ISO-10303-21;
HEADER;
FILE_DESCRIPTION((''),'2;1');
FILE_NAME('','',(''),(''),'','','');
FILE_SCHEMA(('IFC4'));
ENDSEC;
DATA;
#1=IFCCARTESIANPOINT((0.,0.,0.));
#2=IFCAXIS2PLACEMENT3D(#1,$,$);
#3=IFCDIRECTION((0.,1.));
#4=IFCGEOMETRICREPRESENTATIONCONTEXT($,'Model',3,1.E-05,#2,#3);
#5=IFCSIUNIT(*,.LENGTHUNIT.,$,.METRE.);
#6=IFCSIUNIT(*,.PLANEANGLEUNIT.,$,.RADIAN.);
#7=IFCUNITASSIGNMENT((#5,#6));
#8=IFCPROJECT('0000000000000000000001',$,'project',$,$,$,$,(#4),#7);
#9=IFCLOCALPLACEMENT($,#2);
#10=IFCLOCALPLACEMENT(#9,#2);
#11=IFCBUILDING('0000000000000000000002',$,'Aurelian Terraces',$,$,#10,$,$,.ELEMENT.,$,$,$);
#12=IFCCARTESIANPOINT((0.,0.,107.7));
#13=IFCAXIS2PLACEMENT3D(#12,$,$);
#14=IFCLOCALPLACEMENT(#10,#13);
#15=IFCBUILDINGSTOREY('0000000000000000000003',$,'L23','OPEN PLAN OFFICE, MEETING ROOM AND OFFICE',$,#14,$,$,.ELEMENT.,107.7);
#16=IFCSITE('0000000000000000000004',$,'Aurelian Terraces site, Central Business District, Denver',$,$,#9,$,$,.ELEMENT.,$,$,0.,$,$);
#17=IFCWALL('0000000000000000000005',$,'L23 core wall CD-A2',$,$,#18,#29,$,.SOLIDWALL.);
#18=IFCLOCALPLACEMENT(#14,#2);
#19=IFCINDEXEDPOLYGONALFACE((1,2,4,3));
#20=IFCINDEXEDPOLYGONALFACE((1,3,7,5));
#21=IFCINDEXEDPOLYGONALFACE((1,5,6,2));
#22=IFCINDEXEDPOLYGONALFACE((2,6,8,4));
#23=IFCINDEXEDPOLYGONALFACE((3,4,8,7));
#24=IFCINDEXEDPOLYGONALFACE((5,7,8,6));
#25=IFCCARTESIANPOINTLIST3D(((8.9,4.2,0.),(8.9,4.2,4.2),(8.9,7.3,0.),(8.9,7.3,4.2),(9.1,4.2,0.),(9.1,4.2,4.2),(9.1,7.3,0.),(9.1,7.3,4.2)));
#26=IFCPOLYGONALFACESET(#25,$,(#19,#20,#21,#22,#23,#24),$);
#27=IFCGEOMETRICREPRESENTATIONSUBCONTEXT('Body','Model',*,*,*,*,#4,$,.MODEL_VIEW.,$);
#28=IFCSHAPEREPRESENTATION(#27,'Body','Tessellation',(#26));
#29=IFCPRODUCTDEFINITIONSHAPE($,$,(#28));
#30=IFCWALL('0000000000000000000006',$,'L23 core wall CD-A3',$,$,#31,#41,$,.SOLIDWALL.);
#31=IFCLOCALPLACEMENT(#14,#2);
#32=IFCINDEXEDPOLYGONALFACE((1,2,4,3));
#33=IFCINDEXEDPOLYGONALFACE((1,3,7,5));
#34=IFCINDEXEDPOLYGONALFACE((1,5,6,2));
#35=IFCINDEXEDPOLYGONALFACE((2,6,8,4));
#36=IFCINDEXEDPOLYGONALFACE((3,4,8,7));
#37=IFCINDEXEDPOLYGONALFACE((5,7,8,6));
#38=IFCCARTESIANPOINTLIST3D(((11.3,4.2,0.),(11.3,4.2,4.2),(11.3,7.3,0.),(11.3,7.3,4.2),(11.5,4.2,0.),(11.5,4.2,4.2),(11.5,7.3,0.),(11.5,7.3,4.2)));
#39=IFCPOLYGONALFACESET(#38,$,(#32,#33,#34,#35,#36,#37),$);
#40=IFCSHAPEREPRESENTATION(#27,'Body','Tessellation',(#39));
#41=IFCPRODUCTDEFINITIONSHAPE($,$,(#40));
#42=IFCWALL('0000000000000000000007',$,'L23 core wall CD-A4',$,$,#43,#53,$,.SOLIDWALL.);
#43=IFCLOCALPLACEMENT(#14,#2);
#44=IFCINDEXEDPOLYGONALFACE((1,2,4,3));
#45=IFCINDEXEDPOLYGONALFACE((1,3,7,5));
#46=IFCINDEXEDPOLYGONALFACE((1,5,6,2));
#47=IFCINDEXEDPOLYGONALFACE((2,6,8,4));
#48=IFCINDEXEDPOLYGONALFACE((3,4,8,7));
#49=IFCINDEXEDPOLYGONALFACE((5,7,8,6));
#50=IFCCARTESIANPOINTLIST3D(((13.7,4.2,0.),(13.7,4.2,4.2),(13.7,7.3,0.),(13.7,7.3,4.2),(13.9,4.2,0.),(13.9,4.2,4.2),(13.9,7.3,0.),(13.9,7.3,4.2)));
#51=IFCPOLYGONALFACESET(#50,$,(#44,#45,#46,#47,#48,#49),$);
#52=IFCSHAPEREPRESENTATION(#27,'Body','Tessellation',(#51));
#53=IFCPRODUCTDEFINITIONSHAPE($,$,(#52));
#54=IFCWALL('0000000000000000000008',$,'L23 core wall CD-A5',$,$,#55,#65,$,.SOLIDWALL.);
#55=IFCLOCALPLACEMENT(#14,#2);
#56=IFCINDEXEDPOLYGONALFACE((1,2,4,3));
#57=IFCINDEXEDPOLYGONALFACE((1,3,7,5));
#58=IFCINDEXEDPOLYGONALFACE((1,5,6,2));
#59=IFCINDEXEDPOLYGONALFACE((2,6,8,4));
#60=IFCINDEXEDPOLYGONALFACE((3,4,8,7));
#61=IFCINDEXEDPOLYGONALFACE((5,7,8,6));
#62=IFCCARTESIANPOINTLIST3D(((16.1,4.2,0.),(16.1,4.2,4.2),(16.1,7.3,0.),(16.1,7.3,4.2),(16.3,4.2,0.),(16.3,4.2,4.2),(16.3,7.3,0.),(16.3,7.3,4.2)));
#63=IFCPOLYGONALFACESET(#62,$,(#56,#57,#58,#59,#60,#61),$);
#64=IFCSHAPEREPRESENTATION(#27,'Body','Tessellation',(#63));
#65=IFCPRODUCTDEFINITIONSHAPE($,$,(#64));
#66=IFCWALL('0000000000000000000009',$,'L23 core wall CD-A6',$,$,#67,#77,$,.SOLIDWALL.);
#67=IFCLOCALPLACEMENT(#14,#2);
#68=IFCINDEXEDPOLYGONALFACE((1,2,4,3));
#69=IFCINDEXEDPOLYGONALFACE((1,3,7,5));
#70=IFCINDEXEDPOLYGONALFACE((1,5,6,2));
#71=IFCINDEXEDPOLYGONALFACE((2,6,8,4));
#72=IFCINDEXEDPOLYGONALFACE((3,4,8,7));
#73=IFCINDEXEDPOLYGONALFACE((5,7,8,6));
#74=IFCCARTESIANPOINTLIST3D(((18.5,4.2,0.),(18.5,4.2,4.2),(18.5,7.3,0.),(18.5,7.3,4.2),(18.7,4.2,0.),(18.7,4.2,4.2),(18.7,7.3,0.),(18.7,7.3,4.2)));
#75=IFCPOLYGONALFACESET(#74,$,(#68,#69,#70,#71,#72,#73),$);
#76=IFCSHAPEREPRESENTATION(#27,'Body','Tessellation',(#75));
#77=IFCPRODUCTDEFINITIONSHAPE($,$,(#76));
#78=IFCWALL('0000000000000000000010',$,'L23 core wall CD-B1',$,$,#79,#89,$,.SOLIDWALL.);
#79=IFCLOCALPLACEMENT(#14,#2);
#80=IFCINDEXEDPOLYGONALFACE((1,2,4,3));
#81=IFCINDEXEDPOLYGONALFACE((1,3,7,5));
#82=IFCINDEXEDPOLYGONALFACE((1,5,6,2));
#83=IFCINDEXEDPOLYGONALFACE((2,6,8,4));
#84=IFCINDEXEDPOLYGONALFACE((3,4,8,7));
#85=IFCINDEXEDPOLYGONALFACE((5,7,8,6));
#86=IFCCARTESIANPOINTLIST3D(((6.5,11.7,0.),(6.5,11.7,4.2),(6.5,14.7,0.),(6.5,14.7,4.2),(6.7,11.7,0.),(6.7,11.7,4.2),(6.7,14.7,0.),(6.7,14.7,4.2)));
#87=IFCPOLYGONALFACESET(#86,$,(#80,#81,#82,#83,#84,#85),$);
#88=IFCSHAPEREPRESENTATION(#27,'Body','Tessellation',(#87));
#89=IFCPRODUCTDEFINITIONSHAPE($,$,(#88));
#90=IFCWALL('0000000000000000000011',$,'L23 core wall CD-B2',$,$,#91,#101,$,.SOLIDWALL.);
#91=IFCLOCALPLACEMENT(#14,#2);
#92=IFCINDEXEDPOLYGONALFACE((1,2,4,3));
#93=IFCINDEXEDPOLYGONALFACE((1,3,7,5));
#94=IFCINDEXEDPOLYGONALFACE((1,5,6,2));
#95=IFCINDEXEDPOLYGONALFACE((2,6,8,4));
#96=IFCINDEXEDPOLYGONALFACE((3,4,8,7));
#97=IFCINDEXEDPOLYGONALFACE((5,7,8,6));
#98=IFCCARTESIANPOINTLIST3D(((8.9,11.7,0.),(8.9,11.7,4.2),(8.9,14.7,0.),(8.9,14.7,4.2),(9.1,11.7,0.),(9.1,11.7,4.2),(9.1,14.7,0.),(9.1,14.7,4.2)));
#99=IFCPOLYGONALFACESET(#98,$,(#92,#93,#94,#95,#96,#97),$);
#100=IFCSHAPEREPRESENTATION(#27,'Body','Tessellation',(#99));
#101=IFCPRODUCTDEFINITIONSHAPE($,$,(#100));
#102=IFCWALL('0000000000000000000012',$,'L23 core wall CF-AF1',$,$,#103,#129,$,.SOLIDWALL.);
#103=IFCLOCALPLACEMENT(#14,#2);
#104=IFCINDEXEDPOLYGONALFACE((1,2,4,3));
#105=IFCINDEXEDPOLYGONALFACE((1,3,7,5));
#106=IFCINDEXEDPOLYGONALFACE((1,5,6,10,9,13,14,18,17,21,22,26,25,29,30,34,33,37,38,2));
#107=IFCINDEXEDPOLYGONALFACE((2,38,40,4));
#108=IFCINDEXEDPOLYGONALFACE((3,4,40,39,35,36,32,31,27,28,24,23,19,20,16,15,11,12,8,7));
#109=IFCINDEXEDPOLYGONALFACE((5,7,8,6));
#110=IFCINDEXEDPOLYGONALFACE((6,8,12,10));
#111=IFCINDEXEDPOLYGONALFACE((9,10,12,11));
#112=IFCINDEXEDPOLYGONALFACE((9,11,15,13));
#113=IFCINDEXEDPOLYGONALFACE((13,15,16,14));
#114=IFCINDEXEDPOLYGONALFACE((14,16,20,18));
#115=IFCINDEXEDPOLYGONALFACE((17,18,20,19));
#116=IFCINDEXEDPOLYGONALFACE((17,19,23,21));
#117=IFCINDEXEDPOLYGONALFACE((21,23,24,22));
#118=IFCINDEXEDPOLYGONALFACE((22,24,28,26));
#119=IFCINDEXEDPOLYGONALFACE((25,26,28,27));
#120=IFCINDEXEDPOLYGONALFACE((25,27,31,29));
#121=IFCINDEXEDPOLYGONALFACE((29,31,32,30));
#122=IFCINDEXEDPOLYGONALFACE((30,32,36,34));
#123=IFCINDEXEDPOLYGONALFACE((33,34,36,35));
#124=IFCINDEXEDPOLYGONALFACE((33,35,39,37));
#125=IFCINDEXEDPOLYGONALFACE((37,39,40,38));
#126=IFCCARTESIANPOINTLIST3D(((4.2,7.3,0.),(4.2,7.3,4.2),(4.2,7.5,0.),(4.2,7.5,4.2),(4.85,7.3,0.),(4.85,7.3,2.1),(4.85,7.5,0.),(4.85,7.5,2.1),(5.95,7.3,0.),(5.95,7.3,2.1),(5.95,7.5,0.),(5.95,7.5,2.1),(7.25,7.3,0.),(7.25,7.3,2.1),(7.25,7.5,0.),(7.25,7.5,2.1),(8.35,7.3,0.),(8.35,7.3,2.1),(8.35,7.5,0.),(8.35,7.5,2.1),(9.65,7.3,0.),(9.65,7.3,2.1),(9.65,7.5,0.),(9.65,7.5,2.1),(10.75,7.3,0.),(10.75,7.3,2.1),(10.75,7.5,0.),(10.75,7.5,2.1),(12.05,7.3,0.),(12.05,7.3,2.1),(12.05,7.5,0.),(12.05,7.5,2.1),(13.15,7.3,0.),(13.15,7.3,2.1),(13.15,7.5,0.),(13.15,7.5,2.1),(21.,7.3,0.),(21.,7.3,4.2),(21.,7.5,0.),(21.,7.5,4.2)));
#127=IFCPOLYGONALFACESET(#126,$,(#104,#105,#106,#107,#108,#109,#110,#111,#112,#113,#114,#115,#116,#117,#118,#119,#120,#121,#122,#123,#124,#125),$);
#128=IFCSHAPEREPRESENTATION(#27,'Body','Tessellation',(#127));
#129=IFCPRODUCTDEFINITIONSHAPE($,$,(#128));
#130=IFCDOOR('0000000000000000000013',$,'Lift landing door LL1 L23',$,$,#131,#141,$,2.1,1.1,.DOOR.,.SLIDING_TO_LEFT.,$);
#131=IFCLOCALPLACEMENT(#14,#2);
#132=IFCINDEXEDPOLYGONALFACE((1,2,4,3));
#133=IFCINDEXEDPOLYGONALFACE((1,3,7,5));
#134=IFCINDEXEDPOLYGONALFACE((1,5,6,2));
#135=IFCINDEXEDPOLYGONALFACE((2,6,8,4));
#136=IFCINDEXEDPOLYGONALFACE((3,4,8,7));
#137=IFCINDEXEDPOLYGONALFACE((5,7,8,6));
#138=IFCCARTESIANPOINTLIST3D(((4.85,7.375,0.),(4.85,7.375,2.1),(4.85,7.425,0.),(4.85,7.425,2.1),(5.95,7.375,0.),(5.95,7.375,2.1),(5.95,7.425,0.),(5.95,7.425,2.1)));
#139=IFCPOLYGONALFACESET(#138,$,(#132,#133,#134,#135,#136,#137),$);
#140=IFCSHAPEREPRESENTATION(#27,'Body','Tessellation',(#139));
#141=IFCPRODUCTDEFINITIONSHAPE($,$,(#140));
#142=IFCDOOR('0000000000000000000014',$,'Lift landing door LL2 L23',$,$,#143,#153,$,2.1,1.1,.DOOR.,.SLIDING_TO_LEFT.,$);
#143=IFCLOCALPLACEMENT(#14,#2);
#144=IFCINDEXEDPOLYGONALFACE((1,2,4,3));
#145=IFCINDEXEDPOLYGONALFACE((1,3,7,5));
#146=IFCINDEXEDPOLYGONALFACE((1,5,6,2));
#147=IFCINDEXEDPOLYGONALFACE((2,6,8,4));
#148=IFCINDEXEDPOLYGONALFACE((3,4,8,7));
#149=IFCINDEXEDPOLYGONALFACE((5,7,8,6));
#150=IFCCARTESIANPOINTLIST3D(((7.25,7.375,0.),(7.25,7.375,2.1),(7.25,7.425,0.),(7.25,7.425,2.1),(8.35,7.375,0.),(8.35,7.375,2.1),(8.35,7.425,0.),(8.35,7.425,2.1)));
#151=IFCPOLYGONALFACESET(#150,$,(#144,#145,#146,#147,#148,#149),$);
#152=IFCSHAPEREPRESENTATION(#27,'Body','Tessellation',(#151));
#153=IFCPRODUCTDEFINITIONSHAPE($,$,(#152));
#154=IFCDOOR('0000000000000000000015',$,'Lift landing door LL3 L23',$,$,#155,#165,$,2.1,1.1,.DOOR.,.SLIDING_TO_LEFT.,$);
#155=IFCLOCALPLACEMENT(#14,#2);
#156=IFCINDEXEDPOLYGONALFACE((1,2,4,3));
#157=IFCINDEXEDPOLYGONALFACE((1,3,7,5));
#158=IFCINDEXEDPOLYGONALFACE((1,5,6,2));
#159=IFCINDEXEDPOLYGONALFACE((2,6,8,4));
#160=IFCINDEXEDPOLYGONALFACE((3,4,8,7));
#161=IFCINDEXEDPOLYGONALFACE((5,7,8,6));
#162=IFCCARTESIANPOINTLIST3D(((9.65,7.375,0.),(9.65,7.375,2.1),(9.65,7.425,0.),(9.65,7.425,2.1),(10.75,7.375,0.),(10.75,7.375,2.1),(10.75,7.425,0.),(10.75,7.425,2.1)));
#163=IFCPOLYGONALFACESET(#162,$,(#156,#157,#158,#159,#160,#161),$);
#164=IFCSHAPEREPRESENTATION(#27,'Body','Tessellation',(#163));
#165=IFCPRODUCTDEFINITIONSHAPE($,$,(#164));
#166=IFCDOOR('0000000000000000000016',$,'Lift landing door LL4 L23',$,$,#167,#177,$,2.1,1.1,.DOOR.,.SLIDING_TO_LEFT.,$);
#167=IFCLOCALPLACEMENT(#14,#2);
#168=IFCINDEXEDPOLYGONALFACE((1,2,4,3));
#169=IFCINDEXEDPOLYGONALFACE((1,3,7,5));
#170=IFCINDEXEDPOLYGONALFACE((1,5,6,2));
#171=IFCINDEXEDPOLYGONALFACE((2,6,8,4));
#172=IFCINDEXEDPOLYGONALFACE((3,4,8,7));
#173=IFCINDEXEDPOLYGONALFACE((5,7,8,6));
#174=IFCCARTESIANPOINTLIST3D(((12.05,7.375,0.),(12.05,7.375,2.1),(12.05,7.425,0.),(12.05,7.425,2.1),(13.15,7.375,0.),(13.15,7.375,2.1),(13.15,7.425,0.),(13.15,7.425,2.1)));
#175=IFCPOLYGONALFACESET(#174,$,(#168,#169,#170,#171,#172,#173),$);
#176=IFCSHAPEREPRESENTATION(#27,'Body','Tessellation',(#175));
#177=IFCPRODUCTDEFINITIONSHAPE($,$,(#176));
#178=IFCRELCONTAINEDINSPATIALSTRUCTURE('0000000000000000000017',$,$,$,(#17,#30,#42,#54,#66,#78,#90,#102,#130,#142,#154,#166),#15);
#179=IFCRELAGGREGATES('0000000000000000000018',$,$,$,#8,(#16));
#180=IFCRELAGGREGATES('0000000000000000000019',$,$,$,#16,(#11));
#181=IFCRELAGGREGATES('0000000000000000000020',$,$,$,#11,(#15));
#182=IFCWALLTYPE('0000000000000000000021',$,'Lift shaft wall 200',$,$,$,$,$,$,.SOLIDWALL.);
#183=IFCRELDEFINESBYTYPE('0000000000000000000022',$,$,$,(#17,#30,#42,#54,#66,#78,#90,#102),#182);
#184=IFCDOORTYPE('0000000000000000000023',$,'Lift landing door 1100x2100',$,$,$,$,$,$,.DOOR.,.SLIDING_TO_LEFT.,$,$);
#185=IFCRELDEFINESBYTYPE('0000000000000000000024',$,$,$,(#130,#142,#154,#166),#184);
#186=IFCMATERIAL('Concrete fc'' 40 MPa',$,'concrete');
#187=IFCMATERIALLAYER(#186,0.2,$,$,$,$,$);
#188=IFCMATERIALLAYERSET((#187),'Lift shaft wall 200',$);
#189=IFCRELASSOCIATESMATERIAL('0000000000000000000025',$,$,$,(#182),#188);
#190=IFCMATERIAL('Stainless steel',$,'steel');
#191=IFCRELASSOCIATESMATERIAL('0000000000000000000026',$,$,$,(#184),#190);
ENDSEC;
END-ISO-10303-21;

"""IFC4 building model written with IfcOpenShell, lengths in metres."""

from ifc_helpers import new_model, si_unit, direction, frame, frame_2d, origin, place, context, subcontext, project, spatial, rectangle, extrude, source, transform, mapped, material, layer, layer_set, type_object, element, fill, save


model = new_model("IFC4")

# Units and contexts
model_context = context("Model", 3, precision=1e-05, world=origin(), true_north=direction((0.0, 1.0)))
body_context = subcontext(model_context, "Body", "Model", "MODEL_VIEW")
ifc_project = project(units=[si_unit("LENGTHUNIT", "METRE"), si_unit("PLANEANGLEUNIT", "RADIAN")], contexts=[model_context])

# Site, building, storey
site_placement = place(None, origin())
site = spatial("IfcSite", under=ifc_project, at=site_placement, Name="Aurelian Terraces site, Central Business District, Denver", CompositionType="ELEMENT", RefElevation=0.0)
building_placement = place(site_placement, origin())
building = spatial("IfcBuilding", under=site, at=building_placement, Name="Aurelian Terraces", CompositionType="ELEMENT")
storey_placement = place(building_placement, frame((0.0, 0.0, 107.7)))
storey = spatial("IfcBuildingStorey", under=building, at=storey_placement, Name="L23", Description="OPEN PLAN OFFICE, MEETING ROOM AND OFFICE", CompositionType="ELEMENT", Elevation=107.7)

# Walls
ifc_material_1 = material(Name="Concrete fc' 40 MPa", Category="concrete")
ifc_layer_1 = layer(ifc_material_1, 0.2)
ifc_layer_set_1 = layer_set([ifc_layer_1], Name="Lift shaft wall 200")
wall_type_1 = type_object("IfcWallType", Name="Lift shaft wall 200", PredefinedType="SOLIDWALL", material=ifc_layer_set_1)
shared_shape_1 = source(origin(), body_context, "Body", "SweptSolid", [
    extrude(rectangle(XDim=3.1, YDim=0.2, at=frame_2d((1.55, 0.0))), origin(), (0.0, 0.0, 1.0), 4.2),
])
for number, where, z_axis, x_axis, name in (
    (1, (9.0, 4.2, 0.0), (0.0, 0.0, 1.0), (0.0, 1.0, 0.0), "L23 core wall CD-A2"),
    (2, (11.4, 4.2, 0.0), (0.0, 0.0, 1.0), (0.0, 1.0, 0.0), "L23 core wall CD-A3"),
    (3, (13.8, 4.2, 0.0), (0.0, 0.0, 1.0), (0.0, 1.0, 0.0), "L23 core wall CD-A4"),
    (4, (16.2, 4.2, 0.0), (0.0, 0.0, 1.0), (0.0, 1.0, 0.0), "L23 core wall CD-A5"),
    (5, (18.6, 4.2, 0.0), (0.0, 0.0, 1.0), (0.0, 1.0, 0.0), "L23 core wall CD-A6"),
):
    element("IfcWall", number, at=place(storey_placement, frame(where, z_axis=z_axis, x_axis=x_axis)), inside=storey, type_object=wall_type_1, Name=name, PredefinedType="SOLIDWALL", context=body_context, shape_type="MappedRepresentation", body=[
        mapped(shared_shape_1, transform((0.0, 0.0, 0.0), scale=1.0)),
    ])
shared_shape_2 = source(origin(), body_context, "Body", "SweptSolid", [
    extrude(rectangle(XDim=3.0, YDim=0.2, at=frame_2d((1.5, 0.0))), origin(), (0.0, 0.0, 1.0), 4.2),
])
for number, where, z_axis, x_axis, name in (
    (6, (6.6, 11.7, 0.0), (0.0, 0.0, 1.0), (0.0, 1.0, 0.0), "L23 core wall CD-B1"),
    (7, (9.0, 11.7, 0.0), (0.0, 0.0, 1.0), (0.0, 1.0, 0.0), "L23 core wall CD-B2"),
):
    element("IfcWall", number, at=place(storey_placement, frame(where, z_axis=z_axis, x_axis=x_axis)), inside=storey, type_object=wall_type_1, Name=name, PredefinedType="SOLIDWALL", context=body_context, shape_type="MappedRepresentation", body=[
        mapped(shared_shape_2, transform((0.0, 0.0, 0.0), scale=1.0)),
    ])

# Wall, openings, doors
shared_shape_3 = source(origin(), body_context, "Body", "SweptSolid", [
    extrude(rectangle(XDim=16.8, YDim=0.2, at=frame_2d((8.4, 0.0))), origin(), (0.0, 0.0, 1.0), 4.2),
])
wall_1_placement = place(storey_placement, frame((4.2, 7.4, 0.0), z_axis=(0.0, 0.0, 1.0), x_axis=(1.0, 0.0, 0.0)))
wall_1 = element("IfcWall", 8, at=wall_1_placement, inside=storey, type_object=wall_type_1, Name="L23 core wall CF-AF1", PredefinedType="SOLIDWALL", context=body_context, shape_type="MappedRepresentation", body=[
    mapped(shared_shape_3, transform((0.0, 0.0, 0.0), scale=1.0)),
])
shared_shape_4 = source(origin(), body_context, "Body", "SweptSolid", [
    extrude(rectangle(XDim=1.1, YDim=2.1, at=frame_2d((0.55, 1.05))), frame((0.0, 0.11, 0.0), z_axis=(0.0, -1.0, 0.0), x_axis=(1.0, 0.0, 0.0)), (0.0, 0.0, 1.0), 0.22),
])
opening_1_placement = place(wall_1_placement, frame((0.65, 0.0, 0.0)))
opening_1 = element("IfcOpeningElement", 9, at=opening_1_placement, cuts=wall_1, PredefinedType="OPENING", context=body_context, shape_type="MappedRepresentation", body=[
    mapped(shared_shape_4, transform((0.0, 0.0, 0.0), scale=1.0)),
])
opening_2_placement = place(wall_1_placement, frame((3.05, 0.0, 0.0)))
opening_2 = element("IfcOpeningElement", 10, at=opening_2_placement, cuts=wall_1, PredefinedType="OPENING", context=body_context, shape_type="MappedRepresentation", body=[
    mapped(shared_shape_4, transform((0.0, 0.0, 0.0), scale=1.0)),
])
opening_3_placement = place(wall_1_placement, frame((5.45, 0.0, 0.0)))
opening_3 = element("IfcOpeningElement", 11, at=opening_3_placement, cuts=wall_1, PredefinedType="OPENING", context=body_context, shape_type="MappedRepresentation", body=[
    mapped(shared_shape_4, transform((0.0, 0.0, 0.0), scale=1.0)),
])
opening_4_placement = place(wall_1_placement, frame((7.85, 0.0, 0.0)))
opening_4 = element("IfcOpeningElement", 12, at=opening_4_placement, cuts=wall_1, PredefinedType="OPENING", context=body_context, shape_type="MappedRepresentation", body=[
    mapped(shared_shape_4, transform((0.0, 0.0, 0.0), scale=1.0)),
])
ifc_material_2 = material(Name="Stainless steel", Category="steel")
door_type = type_object("IfcDoorType", Name="Lift landing door 1100x2100", OperationType="SLIDING_TO_LEFT", PredefinedType="DOOR", material=ifc_material_2)
shared_shape_5 = source(origin(), body_context, "Body", "SweptSolid", [
    extrude(rectangle(XDim=1.1, YDim=2.1, at=frame_2d((0.55, 1.05))), frame((0.0, 0.025, 0.0), z_axis=(0.0, -1.0, 0.0), x_axis=(1.0, 0.0, 0.0)), (0.0, 0.0, 1.0), 0.05),
])
door_1_placement = place(opening_1_placement, origin())
door_1 = element("IfcDoor", 13, at=door_1_placement, inside=storey, type_object=door_type, Name="Lift landing door LL1 L23", OperationType="SLIDING_TO_LEFT", OverallHeight=2.1, OverallWidth=1.1, PredefinedType="DOOR", context=body_context, shape_type="MappedRepresentation", body=[
    mapped(shared_shape_5, transform((0.0, 0.0, 0.0), scale=1.0)),
])
fill(opening_1, door_1)
door_2_placement = place(opening_2_placement, origin())
door_2 = element("IfcDoor", 14, at=door_2_placement, inside=storey, type_object=door_type, Name="Lift landing door LL2 L23", OperationType="SLIDING_TO_LEFT", OverallHeight=2.1, OverallWidth=1.1, PredefinedType="DOOR", context=body_context, shape_type="MappedRepresentation", body=[
    mapped(shared_shape_5, transform((0.0, 0.0, 0.0), scale=1.0)),
])
fill(opening_2, door_2)
door_3_placement = place(opening_3_placement, origin())
door_3 = element("IfcDoor", 15, at=door_3_placement, inside=storey, type_object=door_type, Name="Lift landing door LL3 L23", OperationType="SLIDING_TO_LEFT", OverallHeight=2.1, OverallWidth=1.1, PredefinedType="DOOR", context=body_context, shape_type="MappedRepresentation", body=[
    mapped(shared_shape_5, transform((0.0, 0.0, 0.0), scale=1.0)),
])
fill(opening_3, door_3)
door_4_placement = place(opening_4_placement, origin())
door_4 = element("IfcDoor", 16, at=door_4_placement, inside=storey, type_object=door_type, Name="Lift landing door LL4 L23", OperationType="SLIDING_TO_LEFT", OverallHeight=2.1, OverallWidth=1.1, PredefinedType="DOOR", context=body_context, shape_type="MappedRepresentation", body=[
    mapped(shared_shape_5, transform((0.0, 0.0, 0.0), scale=1.0)),
])
fill(opening_4, door_4)

save(model, "model.ifc")
